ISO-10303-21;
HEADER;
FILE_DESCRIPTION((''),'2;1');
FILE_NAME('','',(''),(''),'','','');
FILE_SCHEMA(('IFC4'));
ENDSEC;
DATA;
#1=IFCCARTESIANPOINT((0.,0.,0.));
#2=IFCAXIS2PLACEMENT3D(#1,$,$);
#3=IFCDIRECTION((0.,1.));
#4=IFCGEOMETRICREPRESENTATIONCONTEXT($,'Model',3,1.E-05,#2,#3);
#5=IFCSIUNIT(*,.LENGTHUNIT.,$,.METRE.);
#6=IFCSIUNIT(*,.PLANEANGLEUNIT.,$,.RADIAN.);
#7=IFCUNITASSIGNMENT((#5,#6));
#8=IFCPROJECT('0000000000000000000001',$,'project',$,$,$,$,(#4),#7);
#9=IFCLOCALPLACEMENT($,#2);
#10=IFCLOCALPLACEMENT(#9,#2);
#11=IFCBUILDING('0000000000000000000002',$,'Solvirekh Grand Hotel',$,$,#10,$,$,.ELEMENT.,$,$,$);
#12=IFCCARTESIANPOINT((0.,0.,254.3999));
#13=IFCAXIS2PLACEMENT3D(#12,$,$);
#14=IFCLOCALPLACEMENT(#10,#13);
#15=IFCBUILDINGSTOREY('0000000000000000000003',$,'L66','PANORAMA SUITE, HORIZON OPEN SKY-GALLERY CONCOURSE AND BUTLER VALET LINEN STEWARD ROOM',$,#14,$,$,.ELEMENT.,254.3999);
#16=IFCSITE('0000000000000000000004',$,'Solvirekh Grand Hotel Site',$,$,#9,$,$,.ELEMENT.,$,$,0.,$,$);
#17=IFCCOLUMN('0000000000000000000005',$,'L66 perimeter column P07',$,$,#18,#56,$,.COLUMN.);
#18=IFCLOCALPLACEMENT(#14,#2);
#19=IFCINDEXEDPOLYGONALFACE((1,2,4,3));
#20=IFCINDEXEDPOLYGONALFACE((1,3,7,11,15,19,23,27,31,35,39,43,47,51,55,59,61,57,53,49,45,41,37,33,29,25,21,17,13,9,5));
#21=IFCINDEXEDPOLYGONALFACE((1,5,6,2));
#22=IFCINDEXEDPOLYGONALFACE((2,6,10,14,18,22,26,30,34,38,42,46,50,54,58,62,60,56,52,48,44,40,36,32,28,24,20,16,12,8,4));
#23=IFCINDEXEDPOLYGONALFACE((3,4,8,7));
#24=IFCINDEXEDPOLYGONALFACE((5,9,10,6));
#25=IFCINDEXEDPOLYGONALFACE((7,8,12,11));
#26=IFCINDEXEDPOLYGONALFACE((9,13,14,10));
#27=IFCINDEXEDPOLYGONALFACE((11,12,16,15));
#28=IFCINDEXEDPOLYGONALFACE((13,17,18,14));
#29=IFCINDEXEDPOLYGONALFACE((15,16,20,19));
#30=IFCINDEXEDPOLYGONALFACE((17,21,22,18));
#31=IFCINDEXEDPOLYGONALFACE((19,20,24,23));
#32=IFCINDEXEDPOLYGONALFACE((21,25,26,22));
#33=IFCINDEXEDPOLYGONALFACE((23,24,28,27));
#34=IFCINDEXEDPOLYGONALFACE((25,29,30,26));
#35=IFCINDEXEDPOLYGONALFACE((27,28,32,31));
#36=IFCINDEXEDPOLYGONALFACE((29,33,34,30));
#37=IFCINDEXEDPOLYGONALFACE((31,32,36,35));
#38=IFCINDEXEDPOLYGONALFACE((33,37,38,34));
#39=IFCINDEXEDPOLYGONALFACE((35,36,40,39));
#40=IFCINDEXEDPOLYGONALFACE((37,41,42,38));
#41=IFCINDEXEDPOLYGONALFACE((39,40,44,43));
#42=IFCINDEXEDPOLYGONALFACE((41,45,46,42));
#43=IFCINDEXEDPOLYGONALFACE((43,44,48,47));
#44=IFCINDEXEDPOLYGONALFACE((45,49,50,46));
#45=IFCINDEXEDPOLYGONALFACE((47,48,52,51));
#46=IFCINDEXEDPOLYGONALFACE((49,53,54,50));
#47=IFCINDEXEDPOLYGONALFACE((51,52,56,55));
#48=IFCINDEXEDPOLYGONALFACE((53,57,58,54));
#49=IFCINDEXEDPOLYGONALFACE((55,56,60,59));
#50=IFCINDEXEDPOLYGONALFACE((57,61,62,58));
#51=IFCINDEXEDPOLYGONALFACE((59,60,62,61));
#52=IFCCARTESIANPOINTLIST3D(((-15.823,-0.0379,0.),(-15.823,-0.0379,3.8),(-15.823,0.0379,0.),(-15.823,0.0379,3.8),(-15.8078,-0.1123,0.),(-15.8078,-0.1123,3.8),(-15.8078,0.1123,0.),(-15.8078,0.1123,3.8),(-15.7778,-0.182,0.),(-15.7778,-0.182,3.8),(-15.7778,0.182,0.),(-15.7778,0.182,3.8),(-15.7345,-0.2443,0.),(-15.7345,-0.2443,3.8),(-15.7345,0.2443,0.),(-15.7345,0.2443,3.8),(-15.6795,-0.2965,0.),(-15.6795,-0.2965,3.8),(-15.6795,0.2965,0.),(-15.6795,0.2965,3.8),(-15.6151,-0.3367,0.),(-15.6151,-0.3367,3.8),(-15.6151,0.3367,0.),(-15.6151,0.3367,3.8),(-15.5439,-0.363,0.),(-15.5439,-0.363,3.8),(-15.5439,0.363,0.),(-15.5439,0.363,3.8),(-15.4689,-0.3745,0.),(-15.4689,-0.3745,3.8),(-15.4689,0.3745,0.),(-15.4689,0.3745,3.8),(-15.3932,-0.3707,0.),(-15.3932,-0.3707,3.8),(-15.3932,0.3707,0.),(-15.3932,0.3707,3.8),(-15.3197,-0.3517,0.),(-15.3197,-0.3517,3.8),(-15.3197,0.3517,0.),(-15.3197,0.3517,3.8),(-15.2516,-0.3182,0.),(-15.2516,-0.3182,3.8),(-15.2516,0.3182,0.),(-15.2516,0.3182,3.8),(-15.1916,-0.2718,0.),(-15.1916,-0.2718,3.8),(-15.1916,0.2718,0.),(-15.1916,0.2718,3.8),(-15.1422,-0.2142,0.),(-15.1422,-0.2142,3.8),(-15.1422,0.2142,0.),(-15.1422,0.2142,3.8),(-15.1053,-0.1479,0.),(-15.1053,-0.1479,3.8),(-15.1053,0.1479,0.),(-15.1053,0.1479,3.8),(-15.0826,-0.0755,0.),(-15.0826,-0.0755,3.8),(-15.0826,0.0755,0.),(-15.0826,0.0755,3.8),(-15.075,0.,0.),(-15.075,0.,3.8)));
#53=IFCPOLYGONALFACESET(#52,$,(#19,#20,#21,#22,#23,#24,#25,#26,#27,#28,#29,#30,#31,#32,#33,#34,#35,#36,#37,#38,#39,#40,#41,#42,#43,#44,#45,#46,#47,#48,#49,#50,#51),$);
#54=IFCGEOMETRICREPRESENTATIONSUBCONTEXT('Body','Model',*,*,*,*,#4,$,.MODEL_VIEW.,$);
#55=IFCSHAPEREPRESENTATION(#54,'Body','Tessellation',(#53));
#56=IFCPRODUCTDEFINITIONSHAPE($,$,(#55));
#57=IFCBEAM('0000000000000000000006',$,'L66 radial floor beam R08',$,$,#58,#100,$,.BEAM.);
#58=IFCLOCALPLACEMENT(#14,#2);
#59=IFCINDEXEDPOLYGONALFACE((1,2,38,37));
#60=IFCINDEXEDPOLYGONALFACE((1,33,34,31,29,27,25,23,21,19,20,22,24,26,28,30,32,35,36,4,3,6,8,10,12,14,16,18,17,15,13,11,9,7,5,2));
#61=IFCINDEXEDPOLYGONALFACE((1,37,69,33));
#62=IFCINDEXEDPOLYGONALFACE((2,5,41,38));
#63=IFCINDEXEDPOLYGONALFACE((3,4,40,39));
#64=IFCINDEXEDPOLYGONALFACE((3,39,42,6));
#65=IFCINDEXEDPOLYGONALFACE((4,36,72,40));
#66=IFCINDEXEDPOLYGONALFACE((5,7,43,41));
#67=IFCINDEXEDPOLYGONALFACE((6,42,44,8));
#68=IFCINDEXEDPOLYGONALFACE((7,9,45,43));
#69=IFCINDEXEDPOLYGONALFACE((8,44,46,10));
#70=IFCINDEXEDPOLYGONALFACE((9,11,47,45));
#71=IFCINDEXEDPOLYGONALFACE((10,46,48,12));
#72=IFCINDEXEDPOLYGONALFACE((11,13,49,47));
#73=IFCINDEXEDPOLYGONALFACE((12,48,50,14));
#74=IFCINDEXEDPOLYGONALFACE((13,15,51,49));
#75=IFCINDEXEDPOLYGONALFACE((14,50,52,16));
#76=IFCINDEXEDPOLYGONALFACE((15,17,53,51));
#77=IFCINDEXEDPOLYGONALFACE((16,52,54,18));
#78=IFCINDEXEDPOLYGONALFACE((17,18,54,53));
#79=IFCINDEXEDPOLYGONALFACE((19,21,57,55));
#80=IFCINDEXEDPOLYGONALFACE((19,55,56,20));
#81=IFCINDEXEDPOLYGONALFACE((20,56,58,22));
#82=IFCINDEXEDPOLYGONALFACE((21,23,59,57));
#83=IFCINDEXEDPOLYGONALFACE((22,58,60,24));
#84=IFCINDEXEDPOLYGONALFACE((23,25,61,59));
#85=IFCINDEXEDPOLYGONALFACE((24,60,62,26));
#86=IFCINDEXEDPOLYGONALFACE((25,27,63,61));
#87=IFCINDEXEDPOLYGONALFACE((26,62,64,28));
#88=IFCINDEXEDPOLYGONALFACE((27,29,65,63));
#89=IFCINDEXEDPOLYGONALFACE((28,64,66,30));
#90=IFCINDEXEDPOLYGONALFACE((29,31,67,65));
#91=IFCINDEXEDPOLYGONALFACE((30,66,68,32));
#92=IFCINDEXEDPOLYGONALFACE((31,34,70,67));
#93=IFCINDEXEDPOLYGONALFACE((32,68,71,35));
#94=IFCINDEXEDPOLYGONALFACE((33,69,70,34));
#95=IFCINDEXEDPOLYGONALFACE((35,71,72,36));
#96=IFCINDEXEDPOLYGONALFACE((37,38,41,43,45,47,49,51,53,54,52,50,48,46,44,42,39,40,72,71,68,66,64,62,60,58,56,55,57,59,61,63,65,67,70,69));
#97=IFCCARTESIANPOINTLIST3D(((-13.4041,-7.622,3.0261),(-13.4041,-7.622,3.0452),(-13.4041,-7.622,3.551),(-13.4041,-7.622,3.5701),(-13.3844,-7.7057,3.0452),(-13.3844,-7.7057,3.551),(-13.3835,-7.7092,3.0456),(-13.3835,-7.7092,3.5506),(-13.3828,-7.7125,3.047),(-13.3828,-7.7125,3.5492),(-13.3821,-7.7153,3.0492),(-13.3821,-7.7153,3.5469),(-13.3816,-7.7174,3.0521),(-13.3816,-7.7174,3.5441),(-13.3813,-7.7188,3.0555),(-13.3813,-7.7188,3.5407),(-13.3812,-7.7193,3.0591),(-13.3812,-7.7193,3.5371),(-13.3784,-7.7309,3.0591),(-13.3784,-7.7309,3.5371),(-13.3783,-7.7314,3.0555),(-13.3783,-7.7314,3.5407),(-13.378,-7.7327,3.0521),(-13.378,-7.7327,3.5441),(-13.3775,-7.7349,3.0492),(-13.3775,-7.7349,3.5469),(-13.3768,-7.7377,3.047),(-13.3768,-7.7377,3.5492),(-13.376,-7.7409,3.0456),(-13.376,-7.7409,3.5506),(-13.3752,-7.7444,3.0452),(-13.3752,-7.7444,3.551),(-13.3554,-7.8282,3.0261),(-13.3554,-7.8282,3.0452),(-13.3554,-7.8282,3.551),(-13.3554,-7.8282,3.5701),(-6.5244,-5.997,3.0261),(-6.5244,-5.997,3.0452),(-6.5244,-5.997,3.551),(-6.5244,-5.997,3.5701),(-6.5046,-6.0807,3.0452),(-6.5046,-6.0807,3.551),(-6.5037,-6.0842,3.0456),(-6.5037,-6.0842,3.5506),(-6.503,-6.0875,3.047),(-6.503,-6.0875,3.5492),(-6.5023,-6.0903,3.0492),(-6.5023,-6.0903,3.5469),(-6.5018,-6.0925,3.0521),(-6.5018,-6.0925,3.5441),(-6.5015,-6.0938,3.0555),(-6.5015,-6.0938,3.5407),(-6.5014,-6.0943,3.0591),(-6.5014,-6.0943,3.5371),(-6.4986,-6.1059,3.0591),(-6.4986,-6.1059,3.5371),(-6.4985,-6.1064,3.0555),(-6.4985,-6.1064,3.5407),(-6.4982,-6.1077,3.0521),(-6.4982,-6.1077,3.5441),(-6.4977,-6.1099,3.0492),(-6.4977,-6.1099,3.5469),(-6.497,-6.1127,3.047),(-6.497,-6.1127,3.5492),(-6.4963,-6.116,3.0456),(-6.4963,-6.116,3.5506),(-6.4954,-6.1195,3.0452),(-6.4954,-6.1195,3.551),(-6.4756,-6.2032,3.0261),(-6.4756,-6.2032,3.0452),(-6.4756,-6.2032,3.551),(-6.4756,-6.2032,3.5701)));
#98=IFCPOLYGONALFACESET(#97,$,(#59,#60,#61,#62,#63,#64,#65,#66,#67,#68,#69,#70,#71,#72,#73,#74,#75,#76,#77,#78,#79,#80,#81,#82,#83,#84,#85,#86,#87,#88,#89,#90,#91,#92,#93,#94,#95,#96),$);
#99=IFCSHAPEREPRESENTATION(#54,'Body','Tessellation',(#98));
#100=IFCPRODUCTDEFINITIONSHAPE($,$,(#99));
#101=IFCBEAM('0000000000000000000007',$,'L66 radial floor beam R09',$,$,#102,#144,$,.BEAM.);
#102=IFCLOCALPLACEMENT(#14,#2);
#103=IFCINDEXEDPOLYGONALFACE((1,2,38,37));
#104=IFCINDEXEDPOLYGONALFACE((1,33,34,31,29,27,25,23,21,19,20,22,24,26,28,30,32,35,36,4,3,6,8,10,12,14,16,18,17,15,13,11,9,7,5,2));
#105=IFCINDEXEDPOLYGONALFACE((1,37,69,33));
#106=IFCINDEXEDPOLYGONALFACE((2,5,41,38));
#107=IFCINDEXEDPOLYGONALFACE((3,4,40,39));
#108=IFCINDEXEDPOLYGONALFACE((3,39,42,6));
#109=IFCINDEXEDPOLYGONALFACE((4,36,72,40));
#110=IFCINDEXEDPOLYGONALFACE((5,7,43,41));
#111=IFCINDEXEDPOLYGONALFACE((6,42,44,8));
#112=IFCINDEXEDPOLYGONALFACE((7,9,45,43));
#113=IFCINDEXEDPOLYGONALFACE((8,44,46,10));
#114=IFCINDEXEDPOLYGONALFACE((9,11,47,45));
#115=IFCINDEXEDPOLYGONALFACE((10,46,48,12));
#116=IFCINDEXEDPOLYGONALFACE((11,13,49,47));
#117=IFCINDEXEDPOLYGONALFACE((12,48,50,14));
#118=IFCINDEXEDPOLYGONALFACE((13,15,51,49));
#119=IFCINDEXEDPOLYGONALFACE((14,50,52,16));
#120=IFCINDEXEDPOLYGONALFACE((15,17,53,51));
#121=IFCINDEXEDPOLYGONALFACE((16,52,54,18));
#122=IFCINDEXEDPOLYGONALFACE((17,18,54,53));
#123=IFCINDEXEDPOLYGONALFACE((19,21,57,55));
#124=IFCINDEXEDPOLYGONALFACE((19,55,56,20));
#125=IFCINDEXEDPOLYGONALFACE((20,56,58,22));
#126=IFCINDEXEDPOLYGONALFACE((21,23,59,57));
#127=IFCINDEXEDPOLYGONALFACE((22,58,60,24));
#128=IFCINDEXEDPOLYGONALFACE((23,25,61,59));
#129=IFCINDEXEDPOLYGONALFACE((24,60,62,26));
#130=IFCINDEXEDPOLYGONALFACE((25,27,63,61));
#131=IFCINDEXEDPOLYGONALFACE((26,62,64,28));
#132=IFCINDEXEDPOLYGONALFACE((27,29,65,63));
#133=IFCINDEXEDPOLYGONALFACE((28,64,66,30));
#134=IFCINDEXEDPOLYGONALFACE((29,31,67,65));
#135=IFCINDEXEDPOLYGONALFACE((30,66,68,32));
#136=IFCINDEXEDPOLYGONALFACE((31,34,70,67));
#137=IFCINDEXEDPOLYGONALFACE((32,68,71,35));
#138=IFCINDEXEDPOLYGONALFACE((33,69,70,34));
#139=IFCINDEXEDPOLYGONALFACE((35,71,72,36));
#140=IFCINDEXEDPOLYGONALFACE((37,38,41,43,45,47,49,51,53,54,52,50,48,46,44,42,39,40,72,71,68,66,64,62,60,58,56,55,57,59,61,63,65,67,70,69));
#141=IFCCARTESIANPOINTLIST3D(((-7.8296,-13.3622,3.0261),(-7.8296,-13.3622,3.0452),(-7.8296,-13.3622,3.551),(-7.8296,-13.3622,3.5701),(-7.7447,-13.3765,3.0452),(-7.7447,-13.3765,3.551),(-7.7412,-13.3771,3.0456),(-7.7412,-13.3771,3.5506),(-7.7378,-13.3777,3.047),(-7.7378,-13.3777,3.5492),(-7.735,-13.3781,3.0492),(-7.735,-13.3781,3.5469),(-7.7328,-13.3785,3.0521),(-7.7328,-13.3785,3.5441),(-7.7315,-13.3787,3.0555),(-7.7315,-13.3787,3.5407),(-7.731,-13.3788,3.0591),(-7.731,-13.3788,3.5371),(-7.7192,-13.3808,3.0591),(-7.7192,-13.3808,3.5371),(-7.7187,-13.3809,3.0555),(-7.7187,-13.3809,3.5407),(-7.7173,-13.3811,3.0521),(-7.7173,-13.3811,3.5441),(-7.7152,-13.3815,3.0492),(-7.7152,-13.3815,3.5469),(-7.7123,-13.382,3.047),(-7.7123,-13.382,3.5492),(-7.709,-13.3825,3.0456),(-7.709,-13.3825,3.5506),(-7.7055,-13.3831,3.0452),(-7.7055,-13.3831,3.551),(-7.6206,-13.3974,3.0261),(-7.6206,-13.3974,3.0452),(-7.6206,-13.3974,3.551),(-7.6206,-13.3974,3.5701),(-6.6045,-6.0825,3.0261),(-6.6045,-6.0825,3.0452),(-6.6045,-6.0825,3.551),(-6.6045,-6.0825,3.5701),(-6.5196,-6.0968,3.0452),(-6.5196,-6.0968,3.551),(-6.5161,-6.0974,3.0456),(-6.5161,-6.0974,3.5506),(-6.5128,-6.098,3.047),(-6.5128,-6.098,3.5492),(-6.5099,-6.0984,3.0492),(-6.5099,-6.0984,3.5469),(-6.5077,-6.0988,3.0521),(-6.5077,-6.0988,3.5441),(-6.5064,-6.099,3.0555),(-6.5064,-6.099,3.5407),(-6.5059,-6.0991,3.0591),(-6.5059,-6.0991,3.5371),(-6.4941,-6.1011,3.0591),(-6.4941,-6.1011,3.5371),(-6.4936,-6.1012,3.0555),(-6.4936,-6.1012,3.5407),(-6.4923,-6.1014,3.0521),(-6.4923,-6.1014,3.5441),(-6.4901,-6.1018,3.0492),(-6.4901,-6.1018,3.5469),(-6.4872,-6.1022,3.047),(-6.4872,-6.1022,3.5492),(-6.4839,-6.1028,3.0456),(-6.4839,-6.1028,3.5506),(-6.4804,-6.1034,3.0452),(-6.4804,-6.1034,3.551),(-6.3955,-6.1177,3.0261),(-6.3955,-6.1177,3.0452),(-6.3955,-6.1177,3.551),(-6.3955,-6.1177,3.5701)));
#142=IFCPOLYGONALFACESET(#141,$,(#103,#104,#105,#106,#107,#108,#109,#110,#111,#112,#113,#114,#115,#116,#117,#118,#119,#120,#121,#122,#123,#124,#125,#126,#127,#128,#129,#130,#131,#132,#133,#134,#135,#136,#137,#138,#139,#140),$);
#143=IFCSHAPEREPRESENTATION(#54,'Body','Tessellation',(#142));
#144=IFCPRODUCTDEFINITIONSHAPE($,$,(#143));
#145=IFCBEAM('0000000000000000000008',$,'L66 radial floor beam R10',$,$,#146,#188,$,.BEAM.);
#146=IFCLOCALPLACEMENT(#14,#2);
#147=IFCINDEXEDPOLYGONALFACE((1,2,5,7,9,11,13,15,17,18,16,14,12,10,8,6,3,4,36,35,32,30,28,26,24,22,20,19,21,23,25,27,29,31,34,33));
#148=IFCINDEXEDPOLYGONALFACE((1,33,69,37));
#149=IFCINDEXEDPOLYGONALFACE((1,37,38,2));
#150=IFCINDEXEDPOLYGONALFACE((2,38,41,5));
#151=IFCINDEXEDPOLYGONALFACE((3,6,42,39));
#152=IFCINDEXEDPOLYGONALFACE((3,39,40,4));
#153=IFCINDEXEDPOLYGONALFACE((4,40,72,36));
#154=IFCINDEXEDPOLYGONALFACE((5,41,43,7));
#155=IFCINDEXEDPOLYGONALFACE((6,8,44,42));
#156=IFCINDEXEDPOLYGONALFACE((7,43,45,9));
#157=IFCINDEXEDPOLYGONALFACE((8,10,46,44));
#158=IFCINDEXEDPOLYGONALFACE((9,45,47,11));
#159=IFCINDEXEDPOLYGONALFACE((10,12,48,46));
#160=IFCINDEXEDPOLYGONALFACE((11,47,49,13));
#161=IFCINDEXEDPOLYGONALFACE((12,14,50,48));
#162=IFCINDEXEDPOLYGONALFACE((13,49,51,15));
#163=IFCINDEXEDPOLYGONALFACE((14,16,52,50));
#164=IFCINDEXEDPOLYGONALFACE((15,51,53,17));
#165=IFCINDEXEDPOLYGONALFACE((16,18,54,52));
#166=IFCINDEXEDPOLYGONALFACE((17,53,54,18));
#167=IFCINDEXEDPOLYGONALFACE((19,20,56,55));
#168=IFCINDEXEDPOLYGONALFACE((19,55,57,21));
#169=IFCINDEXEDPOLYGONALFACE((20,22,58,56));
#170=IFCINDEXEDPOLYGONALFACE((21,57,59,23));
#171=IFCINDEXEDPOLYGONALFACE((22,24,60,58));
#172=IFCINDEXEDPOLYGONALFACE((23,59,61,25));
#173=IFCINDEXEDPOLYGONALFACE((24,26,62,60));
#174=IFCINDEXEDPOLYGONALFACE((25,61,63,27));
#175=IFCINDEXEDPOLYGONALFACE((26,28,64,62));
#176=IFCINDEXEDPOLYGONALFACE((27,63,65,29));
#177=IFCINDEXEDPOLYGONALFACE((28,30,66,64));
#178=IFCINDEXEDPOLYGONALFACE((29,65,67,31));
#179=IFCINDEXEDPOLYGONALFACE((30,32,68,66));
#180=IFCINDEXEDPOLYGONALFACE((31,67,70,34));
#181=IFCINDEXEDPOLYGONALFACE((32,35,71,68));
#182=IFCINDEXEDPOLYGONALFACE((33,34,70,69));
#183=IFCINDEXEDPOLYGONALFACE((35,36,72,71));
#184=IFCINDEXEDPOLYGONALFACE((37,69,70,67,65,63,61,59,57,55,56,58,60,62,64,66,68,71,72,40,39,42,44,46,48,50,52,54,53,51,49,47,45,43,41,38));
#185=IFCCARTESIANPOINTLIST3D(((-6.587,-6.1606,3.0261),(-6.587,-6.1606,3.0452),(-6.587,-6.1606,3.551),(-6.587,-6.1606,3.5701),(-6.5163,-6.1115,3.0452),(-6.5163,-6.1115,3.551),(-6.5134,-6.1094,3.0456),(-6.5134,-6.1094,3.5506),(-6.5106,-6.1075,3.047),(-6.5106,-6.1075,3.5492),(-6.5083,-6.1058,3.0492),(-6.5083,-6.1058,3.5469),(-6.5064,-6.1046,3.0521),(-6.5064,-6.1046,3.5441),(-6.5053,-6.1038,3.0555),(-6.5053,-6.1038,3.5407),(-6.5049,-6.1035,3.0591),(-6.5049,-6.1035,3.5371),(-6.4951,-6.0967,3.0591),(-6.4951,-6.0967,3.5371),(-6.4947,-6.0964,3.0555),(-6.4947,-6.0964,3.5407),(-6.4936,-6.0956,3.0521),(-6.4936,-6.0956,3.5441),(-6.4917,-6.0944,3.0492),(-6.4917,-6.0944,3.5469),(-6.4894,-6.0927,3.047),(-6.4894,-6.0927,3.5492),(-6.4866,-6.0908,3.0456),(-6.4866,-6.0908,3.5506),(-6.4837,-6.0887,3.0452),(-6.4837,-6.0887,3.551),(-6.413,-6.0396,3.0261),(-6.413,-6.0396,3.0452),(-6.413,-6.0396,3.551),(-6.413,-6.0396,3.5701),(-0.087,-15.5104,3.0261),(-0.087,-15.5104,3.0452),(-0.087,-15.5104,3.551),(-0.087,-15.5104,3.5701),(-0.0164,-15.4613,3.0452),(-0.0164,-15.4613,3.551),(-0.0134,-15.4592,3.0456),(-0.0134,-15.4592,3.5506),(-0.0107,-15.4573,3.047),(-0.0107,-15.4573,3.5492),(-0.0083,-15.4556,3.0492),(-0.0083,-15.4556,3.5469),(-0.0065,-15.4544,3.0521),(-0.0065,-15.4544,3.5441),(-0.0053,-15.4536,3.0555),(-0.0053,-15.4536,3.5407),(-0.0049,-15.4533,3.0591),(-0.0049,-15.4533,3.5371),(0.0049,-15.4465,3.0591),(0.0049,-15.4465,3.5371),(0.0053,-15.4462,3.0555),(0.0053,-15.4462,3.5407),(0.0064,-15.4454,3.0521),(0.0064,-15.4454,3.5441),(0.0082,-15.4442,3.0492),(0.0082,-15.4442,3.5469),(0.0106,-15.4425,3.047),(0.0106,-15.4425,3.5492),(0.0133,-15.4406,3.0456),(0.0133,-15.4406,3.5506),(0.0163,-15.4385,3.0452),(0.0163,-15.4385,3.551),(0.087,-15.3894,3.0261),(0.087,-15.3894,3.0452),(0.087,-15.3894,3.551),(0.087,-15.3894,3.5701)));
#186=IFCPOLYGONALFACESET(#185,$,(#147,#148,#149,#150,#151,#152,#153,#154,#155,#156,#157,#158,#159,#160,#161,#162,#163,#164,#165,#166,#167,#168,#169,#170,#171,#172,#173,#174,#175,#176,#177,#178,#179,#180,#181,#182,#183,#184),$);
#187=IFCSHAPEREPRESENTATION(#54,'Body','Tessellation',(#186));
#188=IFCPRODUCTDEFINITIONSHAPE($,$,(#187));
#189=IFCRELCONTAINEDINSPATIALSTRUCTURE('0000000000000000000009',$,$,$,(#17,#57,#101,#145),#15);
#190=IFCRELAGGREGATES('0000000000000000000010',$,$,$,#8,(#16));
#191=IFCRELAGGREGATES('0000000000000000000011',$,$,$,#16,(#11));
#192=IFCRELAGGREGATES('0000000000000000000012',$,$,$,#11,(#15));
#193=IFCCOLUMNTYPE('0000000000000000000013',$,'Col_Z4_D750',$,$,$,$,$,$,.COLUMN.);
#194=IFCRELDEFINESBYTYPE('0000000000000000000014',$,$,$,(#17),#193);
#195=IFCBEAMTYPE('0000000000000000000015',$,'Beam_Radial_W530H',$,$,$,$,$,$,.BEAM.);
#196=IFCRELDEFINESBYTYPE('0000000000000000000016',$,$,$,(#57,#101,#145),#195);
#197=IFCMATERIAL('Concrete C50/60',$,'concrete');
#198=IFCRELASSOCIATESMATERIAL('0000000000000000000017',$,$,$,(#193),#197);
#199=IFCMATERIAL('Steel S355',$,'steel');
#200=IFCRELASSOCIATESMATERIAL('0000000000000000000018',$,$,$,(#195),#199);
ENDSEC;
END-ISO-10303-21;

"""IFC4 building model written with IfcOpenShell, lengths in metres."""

from ifc_helpers import new_model, si_unit, direction, frame, origin, origin_2d, place, context, subcontext, project, spatial, circle, i_section, extrude, material, material_profile, profile_set, type_object, element, save


model = new_model("IFC4")

# Units and contexts
model_context = context("Model", 3, precision=1e-05, world=origin(), true_north=direction((0.0, 1.0)))
body_context = subcontext(model_context, "Body", "Model", "MODEL_VIEW")
ifc_project = project(units=[si_unit("LENGTHUNIT", "METRE"), si_unit("PLANEANGLEUNIT", "RADIAN")], contexts=[model_context])

# Site, building, storey
site_placement = place(None, origin())
site = spatial("IfcSite", under=ifc_project, at=site_placement, Name="Solvirekh Grand Hotel Site", CompositionType="ELEMENT", RefElevation=0.0)
building_placement = place(site_placement, origin())
building = spatial("IfcBuilding", under=site, at=building_placement, Name="Solvirekh Grand Hotel", CompositionType="ELEMENT")
storey_placement = place(building_placement, frame((0.0, 0.0, 254.3999)))
storey = spatial("IfcBuildingStorey", under=building, at=storey_placement, Name="L66", Description="PANORAMA SUITE, HORIZON OPEN SKY-GALLERY CONCOURSE AND BUTLER VALET LINEN STEWARD ROOM", CompositionType="ELEMENT", Elevation=254.3999)

# Column
ifc_material_1 = material(Name="Concrete C50/60", Category="concrete")
ifc_material_profile_1 = material_profile(ifc_material_1, circle(Radius=0.375, at=origin_2d()), Name="RC CIRC D750")
ifc_profile_set_1 = profile_set([ifc_material_profile_1], Name="Concrete C50/60")
column_type = type_object("IfcColumnType", Name="Col_Z4_D750", PredefinedType="COLUMN", material=ifc_profile_set_1)
column_placement = place(storey_placement, frame((-15.45, 0.0, 0.0), z_axis=(0.0, 0.0, 1.0), x_axis=(1.0, 0.0, 0.0)))
element("IfcColumn", 1, at=column_placement, inside=storey, type_object=column_type, Name="L66 perimeter column P07", PredefinedType="COLUMN", context=body_context, shape_type="SweptSolid", body=[
    extrude(circle(Radius=0.375, at=origin_2d()), origin(), (0.0, 0.0, 1.0), 3.8),
])

# Beams
ifc_material_2 = material(Name="Steel S355", Category="steel")
ifc_material_profile_2 = material_profile(ifc_material_2, i_section(OverallWidth=0.2119, OverallDepth=0.5439, WebThickness=0.012, FlangeThickness=0.019, FilletRadius=0.0139, at=origin_2d()), Name="W530X123")
ifc_profile_set_2 = profile_set([ifc_material_profile_2], Name="Steel S355")
beam_type_1 = type_object("IfcBeamType", Name="Beam_Radial_W530H", PredefinedType="BEAM", material=ifc_profile_set_2)
beam_1_placement = place(storey_placement, frame((-6.5, -6.1001, 3.2981), z_axis=(-0.973221, -0.229871, 0.0), x_axis=(0.229871, -0.973221, 0.0)))
element("IfcBeam", 2, at=beam_1_placement, inside=storey, type_object=beam_type_1, Name="L66 radial floor beam R08", PredefinedType="BEAM", context=body_context, shape_type="SweptSolid", body=[
    extrude(i_section(OverallWidth=0.2119, OverallDepth=0.5439, WebThickness=0.012, FlangeThickness=0.019, FilletRadius=0.0139, at=origin_2d()), origin(), (0.0, 0.0, 1.0), 7.0691),
])
beam_2_placement = place(storey_placement, frame((-6.5, -6.1001, 3.2981), z_axis=(-0.165954, -0.986133, 0.0), x_axis=(0.986133, -0.165954, 0.0)))
element("IfcBeam", 3, at=beam_2_placement, inside=storey, type_object=beam_type_1, Name="L66 radial floor beam R09", PredefinedType="BEAM", context=body_context, shape_type="SweptSolid", body=[
    extrude(i_section(OverallWidth=0.2119, OverallDepth=0.5439, WebThickness=0.012, FlangeThickness=0.019, FilletRadius=0.0139, at=origin_2d()), origin(), (0.0, 0.0, 1.0), 7.3821),
])
beam_3_placement = place(storey_placement, frame((-6.5, -6.1001, 3.2981), z_axis=(0.570813, -0.82108, 0.0), x_axis=(0.82108, 0.570813, 0.0)))
element("IfcBeam", 4, at=beam_3_placement, inside=storey, type_object=beam_type_1, Name="L66 radial floor beam R10", PredefinedType="BEAM", context=body_context, shape_type="SweptSolid", body=[
    extrude(i_section(OverallWidth=0.2119, OverallDepth=0.5439, WebThickness=0.012, FlangeThickness=0.019, FilletRadius=0.0139, at=origin_2d()), origin(), (0.0, 0.0, 1.0), 11.3872),
])

save(model, "model.ifc")
